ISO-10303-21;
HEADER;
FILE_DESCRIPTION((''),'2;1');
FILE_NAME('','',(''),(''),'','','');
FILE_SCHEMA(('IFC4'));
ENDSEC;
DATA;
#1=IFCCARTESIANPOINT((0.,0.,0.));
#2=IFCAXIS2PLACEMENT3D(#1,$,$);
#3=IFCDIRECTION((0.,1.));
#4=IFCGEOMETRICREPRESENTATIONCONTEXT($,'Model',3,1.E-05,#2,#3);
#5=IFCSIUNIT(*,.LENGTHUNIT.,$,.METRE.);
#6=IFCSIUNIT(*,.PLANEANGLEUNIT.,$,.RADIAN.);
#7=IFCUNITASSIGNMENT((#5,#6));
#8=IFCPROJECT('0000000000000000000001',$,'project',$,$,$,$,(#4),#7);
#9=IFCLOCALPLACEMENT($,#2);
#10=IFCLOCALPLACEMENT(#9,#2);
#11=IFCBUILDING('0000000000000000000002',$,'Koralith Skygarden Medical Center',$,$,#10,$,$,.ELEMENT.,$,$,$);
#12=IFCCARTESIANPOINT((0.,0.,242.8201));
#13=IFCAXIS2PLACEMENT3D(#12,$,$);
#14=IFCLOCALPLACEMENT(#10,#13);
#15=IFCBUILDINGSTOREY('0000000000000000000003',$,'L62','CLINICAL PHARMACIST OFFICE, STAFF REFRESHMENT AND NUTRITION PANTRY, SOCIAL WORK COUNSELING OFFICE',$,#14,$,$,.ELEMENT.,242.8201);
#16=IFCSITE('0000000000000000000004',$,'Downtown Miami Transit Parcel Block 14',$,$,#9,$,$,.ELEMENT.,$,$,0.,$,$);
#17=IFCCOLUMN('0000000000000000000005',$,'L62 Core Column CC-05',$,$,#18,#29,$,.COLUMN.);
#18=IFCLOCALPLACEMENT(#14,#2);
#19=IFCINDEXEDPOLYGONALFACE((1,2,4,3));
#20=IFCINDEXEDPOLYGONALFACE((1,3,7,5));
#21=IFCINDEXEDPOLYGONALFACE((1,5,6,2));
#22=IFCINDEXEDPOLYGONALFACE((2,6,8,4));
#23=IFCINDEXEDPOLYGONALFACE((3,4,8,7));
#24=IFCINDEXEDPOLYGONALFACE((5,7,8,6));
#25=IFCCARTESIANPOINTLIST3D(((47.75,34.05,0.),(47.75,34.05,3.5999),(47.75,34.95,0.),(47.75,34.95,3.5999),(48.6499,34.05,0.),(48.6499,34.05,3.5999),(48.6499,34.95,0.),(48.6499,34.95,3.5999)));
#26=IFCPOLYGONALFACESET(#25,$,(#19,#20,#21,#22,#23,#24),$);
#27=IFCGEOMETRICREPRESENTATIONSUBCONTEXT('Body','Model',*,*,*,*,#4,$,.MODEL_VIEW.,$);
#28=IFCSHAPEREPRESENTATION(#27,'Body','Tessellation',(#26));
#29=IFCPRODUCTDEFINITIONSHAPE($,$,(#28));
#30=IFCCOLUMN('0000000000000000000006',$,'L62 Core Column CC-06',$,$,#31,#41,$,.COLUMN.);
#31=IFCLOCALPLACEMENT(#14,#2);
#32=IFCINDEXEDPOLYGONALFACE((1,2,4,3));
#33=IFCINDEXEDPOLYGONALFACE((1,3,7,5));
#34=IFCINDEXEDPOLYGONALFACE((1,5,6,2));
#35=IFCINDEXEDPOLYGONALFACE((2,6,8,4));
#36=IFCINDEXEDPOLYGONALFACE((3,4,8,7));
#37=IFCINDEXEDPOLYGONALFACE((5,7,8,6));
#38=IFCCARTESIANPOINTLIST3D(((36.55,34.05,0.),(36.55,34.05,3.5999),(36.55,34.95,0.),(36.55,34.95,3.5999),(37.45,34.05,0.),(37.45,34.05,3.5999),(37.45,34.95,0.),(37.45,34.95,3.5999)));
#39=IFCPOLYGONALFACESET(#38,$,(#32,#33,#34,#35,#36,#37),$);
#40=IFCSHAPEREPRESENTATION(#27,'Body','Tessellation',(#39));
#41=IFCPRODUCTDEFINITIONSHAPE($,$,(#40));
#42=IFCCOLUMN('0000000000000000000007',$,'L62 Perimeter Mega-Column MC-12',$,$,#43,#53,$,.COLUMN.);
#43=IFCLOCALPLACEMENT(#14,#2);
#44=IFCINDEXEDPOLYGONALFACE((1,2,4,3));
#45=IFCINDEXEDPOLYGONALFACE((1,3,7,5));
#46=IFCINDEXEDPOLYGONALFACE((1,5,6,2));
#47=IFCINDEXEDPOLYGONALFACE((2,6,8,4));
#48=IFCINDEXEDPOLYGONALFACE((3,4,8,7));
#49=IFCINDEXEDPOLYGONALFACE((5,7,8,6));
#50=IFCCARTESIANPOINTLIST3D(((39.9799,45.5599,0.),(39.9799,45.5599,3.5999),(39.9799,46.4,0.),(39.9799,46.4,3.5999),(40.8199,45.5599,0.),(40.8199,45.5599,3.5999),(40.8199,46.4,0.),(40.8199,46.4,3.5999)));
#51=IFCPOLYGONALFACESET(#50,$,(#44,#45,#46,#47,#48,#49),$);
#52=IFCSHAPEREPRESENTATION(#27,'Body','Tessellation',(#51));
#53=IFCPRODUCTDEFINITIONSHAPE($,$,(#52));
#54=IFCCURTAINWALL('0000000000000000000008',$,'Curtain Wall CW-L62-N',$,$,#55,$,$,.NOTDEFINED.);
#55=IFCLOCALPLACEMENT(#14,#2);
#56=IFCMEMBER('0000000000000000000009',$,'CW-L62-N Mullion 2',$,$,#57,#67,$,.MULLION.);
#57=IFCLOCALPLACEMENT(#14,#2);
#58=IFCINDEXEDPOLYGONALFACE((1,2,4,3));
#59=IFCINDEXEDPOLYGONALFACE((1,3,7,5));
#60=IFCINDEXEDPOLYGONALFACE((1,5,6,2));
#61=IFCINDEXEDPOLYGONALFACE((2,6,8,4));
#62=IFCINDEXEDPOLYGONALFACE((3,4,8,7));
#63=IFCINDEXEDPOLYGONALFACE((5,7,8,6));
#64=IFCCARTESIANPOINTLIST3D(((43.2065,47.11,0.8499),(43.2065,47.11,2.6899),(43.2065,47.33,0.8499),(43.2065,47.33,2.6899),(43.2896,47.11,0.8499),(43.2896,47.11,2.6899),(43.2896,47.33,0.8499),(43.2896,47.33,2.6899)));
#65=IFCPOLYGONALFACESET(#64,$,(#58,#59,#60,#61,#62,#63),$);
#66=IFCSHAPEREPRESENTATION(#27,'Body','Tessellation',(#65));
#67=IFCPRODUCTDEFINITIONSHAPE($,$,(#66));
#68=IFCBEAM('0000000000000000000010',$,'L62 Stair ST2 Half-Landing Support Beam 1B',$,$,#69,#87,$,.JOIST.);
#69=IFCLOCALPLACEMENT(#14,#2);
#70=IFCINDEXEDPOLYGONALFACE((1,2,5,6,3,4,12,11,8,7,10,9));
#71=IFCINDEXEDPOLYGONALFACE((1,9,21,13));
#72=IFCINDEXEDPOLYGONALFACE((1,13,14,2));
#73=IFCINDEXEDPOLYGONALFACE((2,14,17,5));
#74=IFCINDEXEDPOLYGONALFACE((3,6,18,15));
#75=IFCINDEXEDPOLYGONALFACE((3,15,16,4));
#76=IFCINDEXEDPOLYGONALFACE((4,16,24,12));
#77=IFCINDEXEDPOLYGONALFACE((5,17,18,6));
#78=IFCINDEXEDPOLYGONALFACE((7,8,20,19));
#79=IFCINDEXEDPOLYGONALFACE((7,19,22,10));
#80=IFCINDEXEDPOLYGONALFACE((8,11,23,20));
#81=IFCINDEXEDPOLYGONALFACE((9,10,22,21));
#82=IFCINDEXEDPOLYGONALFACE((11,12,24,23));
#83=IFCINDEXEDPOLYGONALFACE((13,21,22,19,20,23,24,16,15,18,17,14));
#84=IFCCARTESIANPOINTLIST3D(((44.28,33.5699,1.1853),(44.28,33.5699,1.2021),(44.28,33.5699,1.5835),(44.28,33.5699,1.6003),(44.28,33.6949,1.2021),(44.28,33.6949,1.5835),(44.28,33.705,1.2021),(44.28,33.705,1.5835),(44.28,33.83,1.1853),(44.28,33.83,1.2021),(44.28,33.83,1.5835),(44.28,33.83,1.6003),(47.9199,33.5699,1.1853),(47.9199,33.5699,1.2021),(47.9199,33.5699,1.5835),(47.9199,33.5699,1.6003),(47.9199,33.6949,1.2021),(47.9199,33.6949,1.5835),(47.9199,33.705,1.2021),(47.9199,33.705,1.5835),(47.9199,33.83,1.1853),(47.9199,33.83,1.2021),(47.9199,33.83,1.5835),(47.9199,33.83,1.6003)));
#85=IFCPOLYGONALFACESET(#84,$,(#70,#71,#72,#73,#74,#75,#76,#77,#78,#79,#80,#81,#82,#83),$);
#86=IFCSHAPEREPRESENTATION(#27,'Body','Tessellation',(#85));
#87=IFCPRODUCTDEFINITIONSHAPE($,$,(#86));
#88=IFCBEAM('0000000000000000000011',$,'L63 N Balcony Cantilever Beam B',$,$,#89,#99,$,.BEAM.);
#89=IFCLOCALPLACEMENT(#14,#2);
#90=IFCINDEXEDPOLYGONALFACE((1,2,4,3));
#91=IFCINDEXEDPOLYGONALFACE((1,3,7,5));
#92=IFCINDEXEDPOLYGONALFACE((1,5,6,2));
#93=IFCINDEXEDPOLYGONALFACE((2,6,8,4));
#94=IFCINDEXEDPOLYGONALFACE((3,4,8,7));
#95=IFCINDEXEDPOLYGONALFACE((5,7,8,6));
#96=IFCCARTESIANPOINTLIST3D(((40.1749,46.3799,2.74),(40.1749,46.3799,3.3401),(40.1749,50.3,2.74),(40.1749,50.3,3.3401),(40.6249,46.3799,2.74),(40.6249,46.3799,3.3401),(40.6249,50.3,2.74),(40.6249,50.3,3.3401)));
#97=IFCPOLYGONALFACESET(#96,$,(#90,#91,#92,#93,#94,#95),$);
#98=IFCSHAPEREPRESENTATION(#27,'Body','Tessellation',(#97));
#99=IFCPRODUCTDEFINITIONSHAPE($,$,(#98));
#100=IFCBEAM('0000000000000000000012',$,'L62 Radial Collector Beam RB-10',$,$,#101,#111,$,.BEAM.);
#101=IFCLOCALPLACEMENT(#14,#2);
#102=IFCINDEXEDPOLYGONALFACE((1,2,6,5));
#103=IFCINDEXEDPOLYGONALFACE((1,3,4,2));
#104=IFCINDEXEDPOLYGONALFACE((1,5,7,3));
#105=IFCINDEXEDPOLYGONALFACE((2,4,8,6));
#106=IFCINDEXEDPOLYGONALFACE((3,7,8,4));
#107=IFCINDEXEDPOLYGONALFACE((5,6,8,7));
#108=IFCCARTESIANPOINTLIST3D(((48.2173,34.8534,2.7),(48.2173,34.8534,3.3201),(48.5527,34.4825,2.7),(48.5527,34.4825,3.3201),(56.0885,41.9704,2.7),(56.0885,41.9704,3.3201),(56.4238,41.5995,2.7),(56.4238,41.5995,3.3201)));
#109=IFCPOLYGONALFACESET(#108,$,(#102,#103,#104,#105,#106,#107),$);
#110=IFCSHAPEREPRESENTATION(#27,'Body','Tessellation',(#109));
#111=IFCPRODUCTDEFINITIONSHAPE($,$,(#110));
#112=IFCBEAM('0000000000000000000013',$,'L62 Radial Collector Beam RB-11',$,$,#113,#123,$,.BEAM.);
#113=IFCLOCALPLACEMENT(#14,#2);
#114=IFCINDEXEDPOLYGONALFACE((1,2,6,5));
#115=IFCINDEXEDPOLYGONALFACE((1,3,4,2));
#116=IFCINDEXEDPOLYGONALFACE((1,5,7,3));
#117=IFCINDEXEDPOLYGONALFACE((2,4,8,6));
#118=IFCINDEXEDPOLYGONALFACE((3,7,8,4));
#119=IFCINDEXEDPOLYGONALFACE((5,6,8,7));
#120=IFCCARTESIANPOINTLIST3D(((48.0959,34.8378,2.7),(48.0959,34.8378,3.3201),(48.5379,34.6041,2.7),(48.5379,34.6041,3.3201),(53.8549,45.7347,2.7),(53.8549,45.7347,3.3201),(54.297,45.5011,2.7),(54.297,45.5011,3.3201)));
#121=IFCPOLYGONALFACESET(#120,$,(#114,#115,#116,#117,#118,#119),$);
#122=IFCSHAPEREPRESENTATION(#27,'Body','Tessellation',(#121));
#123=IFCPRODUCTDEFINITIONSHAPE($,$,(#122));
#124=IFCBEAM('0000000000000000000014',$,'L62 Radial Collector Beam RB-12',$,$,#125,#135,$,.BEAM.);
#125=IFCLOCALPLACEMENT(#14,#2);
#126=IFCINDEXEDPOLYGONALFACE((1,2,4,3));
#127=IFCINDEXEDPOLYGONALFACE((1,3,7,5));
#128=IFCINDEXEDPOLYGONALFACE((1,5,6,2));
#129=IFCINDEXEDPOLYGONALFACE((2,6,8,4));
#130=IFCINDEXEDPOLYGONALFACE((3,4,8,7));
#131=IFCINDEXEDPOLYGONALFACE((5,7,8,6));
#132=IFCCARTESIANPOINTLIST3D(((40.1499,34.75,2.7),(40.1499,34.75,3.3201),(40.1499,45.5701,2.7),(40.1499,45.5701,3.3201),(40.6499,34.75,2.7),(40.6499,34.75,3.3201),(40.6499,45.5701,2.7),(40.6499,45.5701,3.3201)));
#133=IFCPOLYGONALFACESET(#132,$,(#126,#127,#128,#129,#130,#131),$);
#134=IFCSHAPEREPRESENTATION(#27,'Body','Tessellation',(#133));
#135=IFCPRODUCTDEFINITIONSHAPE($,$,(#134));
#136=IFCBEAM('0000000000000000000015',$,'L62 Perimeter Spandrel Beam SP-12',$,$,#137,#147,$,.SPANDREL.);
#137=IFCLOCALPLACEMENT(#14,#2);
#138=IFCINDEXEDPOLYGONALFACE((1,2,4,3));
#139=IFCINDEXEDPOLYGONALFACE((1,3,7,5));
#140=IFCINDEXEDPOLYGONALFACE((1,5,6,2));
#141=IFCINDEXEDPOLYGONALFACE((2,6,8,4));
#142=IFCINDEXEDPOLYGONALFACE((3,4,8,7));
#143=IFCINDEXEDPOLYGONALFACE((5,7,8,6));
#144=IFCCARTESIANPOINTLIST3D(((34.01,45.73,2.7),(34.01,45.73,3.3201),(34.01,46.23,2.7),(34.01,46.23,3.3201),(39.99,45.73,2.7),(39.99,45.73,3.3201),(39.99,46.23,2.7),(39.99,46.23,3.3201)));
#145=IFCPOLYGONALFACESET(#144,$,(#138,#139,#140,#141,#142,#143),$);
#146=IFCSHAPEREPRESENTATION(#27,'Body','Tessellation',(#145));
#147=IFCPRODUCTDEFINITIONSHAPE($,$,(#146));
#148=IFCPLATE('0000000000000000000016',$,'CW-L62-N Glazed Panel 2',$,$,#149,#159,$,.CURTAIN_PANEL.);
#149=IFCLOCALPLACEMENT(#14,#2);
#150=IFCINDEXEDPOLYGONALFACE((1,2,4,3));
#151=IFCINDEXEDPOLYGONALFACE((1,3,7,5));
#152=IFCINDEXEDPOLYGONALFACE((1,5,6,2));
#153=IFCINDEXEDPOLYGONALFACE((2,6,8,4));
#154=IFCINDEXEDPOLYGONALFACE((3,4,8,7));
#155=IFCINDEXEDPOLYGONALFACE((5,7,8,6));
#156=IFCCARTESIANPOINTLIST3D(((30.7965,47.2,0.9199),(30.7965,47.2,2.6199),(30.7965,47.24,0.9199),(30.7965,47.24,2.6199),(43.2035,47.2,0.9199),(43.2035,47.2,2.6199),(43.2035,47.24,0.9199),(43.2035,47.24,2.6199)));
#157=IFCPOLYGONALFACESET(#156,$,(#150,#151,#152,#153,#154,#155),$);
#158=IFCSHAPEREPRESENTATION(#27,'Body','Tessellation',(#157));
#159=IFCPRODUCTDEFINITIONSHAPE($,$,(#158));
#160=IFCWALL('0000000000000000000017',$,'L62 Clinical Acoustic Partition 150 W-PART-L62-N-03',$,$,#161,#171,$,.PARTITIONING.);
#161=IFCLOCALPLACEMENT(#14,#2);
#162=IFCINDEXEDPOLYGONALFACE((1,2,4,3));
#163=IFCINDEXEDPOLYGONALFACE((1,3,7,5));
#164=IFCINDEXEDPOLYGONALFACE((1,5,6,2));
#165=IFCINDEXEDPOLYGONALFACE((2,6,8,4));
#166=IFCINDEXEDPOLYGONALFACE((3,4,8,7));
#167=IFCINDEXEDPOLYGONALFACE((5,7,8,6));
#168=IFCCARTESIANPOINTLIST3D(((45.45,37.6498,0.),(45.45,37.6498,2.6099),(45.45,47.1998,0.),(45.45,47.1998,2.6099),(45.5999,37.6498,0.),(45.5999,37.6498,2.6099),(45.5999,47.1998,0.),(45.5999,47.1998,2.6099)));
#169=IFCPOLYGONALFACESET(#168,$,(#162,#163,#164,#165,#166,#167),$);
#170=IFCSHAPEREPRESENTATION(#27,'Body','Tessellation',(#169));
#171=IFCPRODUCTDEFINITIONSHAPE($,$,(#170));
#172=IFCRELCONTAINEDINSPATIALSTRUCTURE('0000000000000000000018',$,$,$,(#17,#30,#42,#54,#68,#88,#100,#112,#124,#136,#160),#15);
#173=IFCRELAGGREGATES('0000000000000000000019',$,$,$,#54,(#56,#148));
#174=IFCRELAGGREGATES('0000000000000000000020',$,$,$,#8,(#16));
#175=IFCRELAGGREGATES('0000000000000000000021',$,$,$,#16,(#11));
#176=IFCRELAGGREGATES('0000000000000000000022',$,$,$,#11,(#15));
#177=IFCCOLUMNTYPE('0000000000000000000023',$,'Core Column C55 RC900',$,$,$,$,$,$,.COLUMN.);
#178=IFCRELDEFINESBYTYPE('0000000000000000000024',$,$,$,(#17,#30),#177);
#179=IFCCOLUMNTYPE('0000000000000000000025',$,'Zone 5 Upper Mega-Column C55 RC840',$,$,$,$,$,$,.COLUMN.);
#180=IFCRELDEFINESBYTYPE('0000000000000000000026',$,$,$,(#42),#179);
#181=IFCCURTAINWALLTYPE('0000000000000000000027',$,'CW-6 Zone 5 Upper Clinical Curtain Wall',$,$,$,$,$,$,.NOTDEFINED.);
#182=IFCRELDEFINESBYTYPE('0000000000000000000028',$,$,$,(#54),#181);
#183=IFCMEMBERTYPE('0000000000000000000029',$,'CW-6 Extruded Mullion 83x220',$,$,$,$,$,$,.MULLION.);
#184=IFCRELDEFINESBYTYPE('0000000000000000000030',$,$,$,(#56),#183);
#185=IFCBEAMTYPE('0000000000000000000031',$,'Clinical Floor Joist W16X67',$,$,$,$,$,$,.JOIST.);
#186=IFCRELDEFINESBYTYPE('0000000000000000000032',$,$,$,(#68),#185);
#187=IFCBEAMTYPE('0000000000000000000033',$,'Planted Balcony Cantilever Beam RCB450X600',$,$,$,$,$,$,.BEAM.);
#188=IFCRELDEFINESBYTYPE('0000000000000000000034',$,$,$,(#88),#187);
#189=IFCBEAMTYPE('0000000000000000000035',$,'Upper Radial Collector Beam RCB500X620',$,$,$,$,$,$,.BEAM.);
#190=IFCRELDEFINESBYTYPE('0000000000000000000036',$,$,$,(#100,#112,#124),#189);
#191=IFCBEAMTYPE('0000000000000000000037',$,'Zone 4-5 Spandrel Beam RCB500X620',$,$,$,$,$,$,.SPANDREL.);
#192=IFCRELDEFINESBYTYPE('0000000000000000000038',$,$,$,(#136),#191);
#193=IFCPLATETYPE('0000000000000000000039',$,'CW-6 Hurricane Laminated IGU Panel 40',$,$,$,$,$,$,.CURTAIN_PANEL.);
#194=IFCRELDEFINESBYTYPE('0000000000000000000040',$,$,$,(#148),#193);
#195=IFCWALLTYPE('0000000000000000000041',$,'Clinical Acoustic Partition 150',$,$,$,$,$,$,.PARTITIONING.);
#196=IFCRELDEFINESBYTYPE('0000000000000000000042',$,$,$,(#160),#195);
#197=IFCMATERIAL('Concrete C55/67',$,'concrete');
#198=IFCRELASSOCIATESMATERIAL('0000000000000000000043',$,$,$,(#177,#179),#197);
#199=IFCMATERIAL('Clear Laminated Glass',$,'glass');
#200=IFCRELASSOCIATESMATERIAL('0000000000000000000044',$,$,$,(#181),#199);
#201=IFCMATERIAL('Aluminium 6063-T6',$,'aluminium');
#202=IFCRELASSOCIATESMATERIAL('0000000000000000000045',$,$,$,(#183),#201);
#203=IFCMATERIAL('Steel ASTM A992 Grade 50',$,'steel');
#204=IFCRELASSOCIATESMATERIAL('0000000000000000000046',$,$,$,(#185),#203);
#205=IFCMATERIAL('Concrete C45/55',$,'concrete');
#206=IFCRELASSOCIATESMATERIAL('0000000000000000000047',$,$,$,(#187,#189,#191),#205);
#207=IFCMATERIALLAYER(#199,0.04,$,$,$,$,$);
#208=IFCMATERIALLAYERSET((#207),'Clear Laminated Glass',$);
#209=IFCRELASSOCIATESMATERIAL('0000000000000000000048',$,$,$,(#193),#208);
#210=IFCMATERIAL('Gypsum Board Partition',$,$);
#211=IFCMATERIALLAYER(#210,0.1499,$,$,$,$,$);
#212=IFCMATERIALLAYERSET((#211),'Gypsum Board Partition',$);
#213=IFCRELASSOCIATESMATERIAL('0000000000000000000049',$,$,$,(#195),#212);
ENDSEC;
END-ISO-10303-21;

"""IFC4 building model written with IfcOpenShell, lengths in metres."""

from ifc_helpers import new_model, si_unit, direction, frame, frame_2d, origin, origin_2d, place, context, subcontext, project, spatial, rectangle, i_section, extrude, material, layer, layer_set, material_profile, profile_set, type_object, element, aggregate, save


model = new_model("IFC4")

# Units and contexts
model_context = context("Model", 3, precision=1e-05, world=origin(), true_north=direction((0.0, 1.0)))
body_context = subcontext(model_context, "Body", "Model", "MODEL_VIEW")
ifc_project = project(units=[si_unit("LENGTHUNIT", "METRE"), si_unit("PLANEANGLEUNIT", "RADIAN")], contexts=[model_context])

# Site, building, storey
site_placement = place(None, origin())
site = spatial("IfcSite", under=ifc_project, at=site_placement, Name="Downtown Miami Transit Parcel Block 14", CompositionType="ELEMENT", RefElevation=0.0)
building_placement = place(site_placement, origin())
building = spatial("IfcBuilding", under=site, at=building_placement, Name="Koralith Skygarden Medical Center", CompositionType="ELEMENT")
storey_placement = place(building_placement, frame((0.0, 0.0, 242.8201)))
storey = spatial("IfcBuildingStorey", under=building, at=storey_placement, Name="L62", Description="CLINICAL PHARMACIST OFFICE, STAFF REFRESHMENT AND NUTRITION PANTRY, SOCIAL WORK COUNSELING OFFICE", CompositionType="ELEMENT", Elevation=242.8201)

# Columns
ifc_material_1 = material(Name="Concrete C55/67", Category="concrete")
ifc_material_profile_1 = material_profile(ifc_material_1, rectangle(XDim=0.8999, YDim=0.8999, at=origin_2d()), Name="RC900X900")
ifc_profile_set_1 = profile_set([ifc_material_profile_1], Name="Concrete C55/67")
column_type_1 = type_object("IfcColumnType", Name="Core Column C55 RC900", PredefinedType="COLUMN", material=ifc_profile_set_1)
for number, where, z_axis, x_axis, name in (
    (1, (48.2, 34.5, 0.0), (0.0, 0.0, 1.0), (1.0, 0.0, 0.0), "L62 Core Column CC-05"),
    (2, (37.0, 34.5, 0.0), (0.0, 0.0, 1.0), (1.0, 0.0, 0.0), "L62 Core Column CC-06"),
):
    element("IfcColumn", number, at=place(storey_placement, frame(where, z_axis=z_axis, x_axis=x_axis)), inside=storey, type_object=column_type_1, Name=name, PredefinedType="COLUMN", context=body_context, shape_type="SweptSolid", body=[
        extrude(rectangle(XDim=0.8999, YDim=0.8999, at=origin_2d()), origin(), (0.0, 0.0, 1.0), 3.5999),
    ])
ifc_material_profile_2 = material_profile(ifc_material_1, rectangle(XDim=0.8401, YDim=0.8401, at=origin_2d()), Name="RC840X840")
ifc_profile_set_2 = profile_set([ifc_material_profile_2], Name="Concrete C55/67")
column_type_2 = type_object("IfcColumnType", Name="Zone 5 Upper Mega-Column C55 RC840", PredefinedType="COLUMN", material=ifc_profile_set_2)
column_placement = place(storey_placement, frame((40.3999, 45.98, 0.0), z_axis=(0.0, 0.0, 1.0), x_axis=(1.0, 0.0, 0.0)))
element("IfcColumn", 3, at=column_placement, inside=storey, type_object=column_type_2, Name="L62 Perimeter Mega-Column MC-12", PredefinedType="COLUMN", context=body_context, shape_type="SweptSolid", body=[
    extrude(rectangle(XDim=0.8401, YDim=0.8401, at=origin_2d()), origin(), (0.0, 0.0, 1.0), 3.5999),
])

# Curtain wall, member
ifc_material_2 = material(Name="Clear Laminated Glass", Category="glass")
curtain_wall_type = type_object("IfcCurtainWallType", Name="CW-6 Zone 5 Upper Clinical Curtain Wall", PredefinedType="NOTDEFINED", material=ifc_material_2)
curtain_wall_placement = place(storey_placement, origin())
curtain_wall = element("IfcCurtainWall", 4, at=curtain_wall_placement, inside=storey, type_object=curtain_wall_type, Name="Curtain Wall CW-L62-N", PredefinedType="NOTDEFINED")
ifc_material_3 = material(Name="Aluminium 6063-T6", Category="aluminium")
ifc_material_profile_3 = material_profile(ifc_material_3, rectangle(XDim=0.083, YDim=0.22, at=origin_2d()), Name="MUL83X220")
ifc_profile_set_3 = profile_set([ifc_material_profile_3], Name="Aluminium 6063-T6")
member_type = type_object("IfcMemberType", Name="CW-6 Extruded Mullion 83x220", PredefinedType="MULLION", material=ifc_profile_set_3)
member_placement = place(storey_placement, frame((43.248, 47.22, 0.8499), z_axis=(0.0, 0.0, 1.0), x_axis=(1.0, 0.0, 0.0)))
member = element("IfcMember", 5, at=member_placement, type_object=member_type, Name="CW-L62-N Mullion 2", PredefinedType="MULLION", context=body_context, shape_type="SweptSolid", body=[
    extrude(rectangle(XDim=0.083, YDim=0.22, at=origin_2d()), origin(), (0.0, 0.0, 1.0), 1.8401),
])

# Beams
ifc_material_4 = material(Name="Steel ASTM A992 Grade 50", Category="steel")
ifc_material_profile_4 = material_profile(ifc_material_4, i_section(OverallWidth=0.26, OverallDepth=0.415, WebThickness=0.01, FlangeThickness=0.0168, at=origin_2d()), Name="W16X67")
ifc_profile_set_4 = profile_set([ifc_material_profile_4], Name="Steel ASTM A992 Grade 50")
beam_type_1 = type_object("IfcBeamType", Name="Clinical Floor Joist W16X67", PredefinedType="JOIST", material=ifc_profile_set_4)
beam_1_placement = place(storey_placement, frame((44.28, 33.7, 1.3928), z_axis=(1.0, 0.0, 0.0), x_axis=(0.0, 1.0, 0.0)))
element("IfcBeam", 6, at=beam_1_placement, inside=storey, type_object=beam_type_1, Name="L62 Stair ST2 Half-Landing Support Beam 1B", PredefinedType="JOIST", context=body_context, shape_type="SweptSolid", body=[
    extrude(i_section(OverallWidth=0.26, OverallDepth=0.415, WebThickness=0.01, FlangeThickness=0.0168, at=origin_2d()), origin(), (0.0, 0.0, 1.0), 3.6399),
])
ifc_material_5 = material(Name="Concrete C45/55", Category="concrete")
ifc_material_profile_5 = material_profile(ifc_material_5, rectangle(XDim=0.45, YDim=0.6001, at=origin_2d()), Name="RCB450X600")
ifc_profile_set_5 = profile_set([ifc_material_profile_5], Name="Concrete C45/55")
beam_type_2 = type_object("IfcBeamType", Name="Planted Balcony Cantilever Beam RCB450X600", PredefinedType="BEAM", material=ifc_profile_set_5)
beam_2_placement = place(storey_placement, frame((40.3999, 46.3799, 3.04), z_axis=(0.0, 1.0, 0.0), x_axis=(-1.0, 0.0, 0.0)))
element("IfcBeam", 7, at=beam_2_placement, inside=storey, type_object=beam_type_2, Name="L63 N Balcony Cantilever Beam B", PredefinedType="BEAM", context=body_context, shape_type="SweptSolid", body=[
    extrude(rectangle(XDim=0.45, YDim=0.6001, at=origin_2d()), origin(), (0.0, 0.0, 1.0), 3.9202),
])
ifc_material_profile_6 = material_profile(ifc_material_5, rectangle(XDim=0.5, YDim=0.6201, at=origin_2d()), Name="RCB500X620")
ifc_profile_set_6 = profile_set([ifc_material_profile_6], Name="Concrete C45/55")
beam_type_3 = type_object("IfcBeamType", Name="Upper Radial Collector Beam RCB500X620", PredefinedType="BEAM", material=ifc_profile_set_6)
beam_3_placement = place(storey_placement, frame((48.385, 34.668, 3.01), z_axis=(0.741748, 0.670679, 0.0), x_axis=(-0.670679, 0.741748, 0.0)))
element("IfcBeam", 8, at=beam_3_placement, inside=storey, type_object=beam_type_3, Name="L62 Radial Collector Beam RB-10", PredefinedType="BEAM", context=body_context, shape_type="SweptSolid", body=[
    extrude(rectangle(XDim=0.5, YDim=0.6201, at=origin_2d()), origin(), (0.0, 0.0, 1.0), 10.6116),
])
beam_4_placement = place(storey_placement, frame((48.3169, 34.7209, 3.01), z_axis=(0.467257, 0.884122, 0.0), x_axis=(-0.884122, 0.467257, 0.0)))
element("IfcBeam", 9, at=beam_4_placement, inside=storey, type_object=beam_type_3, Name="L62 Radial Collector Beam RB-11", PredefinedType="BEAM", context=body_context, shape_type="SweptSolid", body=[
    extrude(rectangle(XDim=0.5, YDim=0.6201, at=origin_2d()), origin(), (0.0, 0.0, 1.0), 12.3252),
])
beam_5_placement = place(storey_placement, frame((40.3999, 34.75, 3.01), z_axis=(0.0, 1.0, 0.0), x_axis=(-1.0, 0.0, 0.0)))
element("IfcBeam", 10, at=beam_5_placement, inside=storey, type_object=beam_type_3, Name="L62 Radial Collector Beam RB-12", PredefinedType="BEAM", context=body_context, shape_type="SweptSolid", body=[
    extrude(rectangle(XDim=0.5, YDim=0.6201, at=origin_2d()), origin(), (0.0, 0.0, 1.0), 10.8201),
])
ifc_material_profile_7 = material_profile(ifc_material_5, rectangle(XDim=0.5, YDim=0.6201, at=origin_2d()), Name="RCB500X620")
ifc_profile_set_7 = profile_set([ifc_material_profile_7], Name="Concrete C45/55")
beam_type_4 = type_object("IfcBeamType", Name="Zone 4-5 Spandrel Beam RCB500X620", PredefinedType="SPANDREL", material=ifc_profile_set_7)
beam_6_placement = place(storey_placement, frame((39.99, 45.98, 3.01), z_axis=(-1.0, 0.0, 0.0), x_axis=(0.0, -1.0, 0.0)))
element("IfcBeam", 11, at=beam_6_placement, inside=storey, type_object=beam_type_4, Name="L62 Perimeter Spandrel Beam SP-12", PredefinedType="SPANDREL", context=body_context, shape_type="SweptSolid", body=[
    extrude(rectangle(XDim=0.5, YDim=0.6201, at=origin_2d()), origin(), (0.0, 0.0, 1.0), 5.98),
])

# Plate
ifc_layer_1 = layer(ifc_material_2, 0.04)
ifc_layer_set_1 = layer_set([ifc_layer_1], Name="Clear Laminated Glass")
plate_type = type_object("IfcPlateType", Name="CW-6 Hurricane Laminated IGU Panel 40", PredefinedType="CURTAIN_PANEL", material=ifc_layer_set_1)
plate_placement = place(storey_placement, frame((37.0, 47.22, 0.9199), z_axis=(0.0, 0.0, 1.0), x_axis=(-1.0, 0.0, 0.0)))
plate = element("IfcPlate", 12, at=plate_placement, type_object=plate_type, Name="CW-L62-N Glazed Panel 2", PredefinedType="CURTAIN_PANEL", context=body_context, shape_type="SweptSolid", body=[
    extrude(rectangle(XDim=12.407, YDim=0.04, at=origin_2d()), origin(), (0.0, 0.0, 1.0), 1.7),
])
aggregate(curtain_wall, [member, plate])

# Wall
ifc_material_6 = material(Name="Gypsum Board Partition")
ifc_layer_2 = layer(ifc_material_6, 0.1499)
ifc_layer_set_2 = layer_set([ifc_layer_2], Name="Gypsum Board Partition")
wall_type_1 = type_object("IfcWallType", Name="Clinical Acoustic Partition 150", PredefinedType="PARTITIONING", material=ifc_layer_set_2)
wall_1_placement = place(storey_placement, frame((45.5249, 37.6499, 0.0), z_axis=(0.0, 0.0, 1.0), x_axis=(0.0, 1.0, 0.0)))
element("IfcWall", 13, at=wall_1_placement, inside=storey, type_object=wall_type_1, Name="L62 Clinical Acoustic Partition 150 W-PART-L62-N-03", PredefinedType="PARTITIONING", context=body_context, shape_type="SweptSolid", body=[
    extrude(rectangle(XDim=9.55, YDim=0.1499, at=frame_2d((4.7749, 0.0))), origin(), (0.0, 0.0, 1.0), 2.6099),
])

save(model, "model.ifc")
